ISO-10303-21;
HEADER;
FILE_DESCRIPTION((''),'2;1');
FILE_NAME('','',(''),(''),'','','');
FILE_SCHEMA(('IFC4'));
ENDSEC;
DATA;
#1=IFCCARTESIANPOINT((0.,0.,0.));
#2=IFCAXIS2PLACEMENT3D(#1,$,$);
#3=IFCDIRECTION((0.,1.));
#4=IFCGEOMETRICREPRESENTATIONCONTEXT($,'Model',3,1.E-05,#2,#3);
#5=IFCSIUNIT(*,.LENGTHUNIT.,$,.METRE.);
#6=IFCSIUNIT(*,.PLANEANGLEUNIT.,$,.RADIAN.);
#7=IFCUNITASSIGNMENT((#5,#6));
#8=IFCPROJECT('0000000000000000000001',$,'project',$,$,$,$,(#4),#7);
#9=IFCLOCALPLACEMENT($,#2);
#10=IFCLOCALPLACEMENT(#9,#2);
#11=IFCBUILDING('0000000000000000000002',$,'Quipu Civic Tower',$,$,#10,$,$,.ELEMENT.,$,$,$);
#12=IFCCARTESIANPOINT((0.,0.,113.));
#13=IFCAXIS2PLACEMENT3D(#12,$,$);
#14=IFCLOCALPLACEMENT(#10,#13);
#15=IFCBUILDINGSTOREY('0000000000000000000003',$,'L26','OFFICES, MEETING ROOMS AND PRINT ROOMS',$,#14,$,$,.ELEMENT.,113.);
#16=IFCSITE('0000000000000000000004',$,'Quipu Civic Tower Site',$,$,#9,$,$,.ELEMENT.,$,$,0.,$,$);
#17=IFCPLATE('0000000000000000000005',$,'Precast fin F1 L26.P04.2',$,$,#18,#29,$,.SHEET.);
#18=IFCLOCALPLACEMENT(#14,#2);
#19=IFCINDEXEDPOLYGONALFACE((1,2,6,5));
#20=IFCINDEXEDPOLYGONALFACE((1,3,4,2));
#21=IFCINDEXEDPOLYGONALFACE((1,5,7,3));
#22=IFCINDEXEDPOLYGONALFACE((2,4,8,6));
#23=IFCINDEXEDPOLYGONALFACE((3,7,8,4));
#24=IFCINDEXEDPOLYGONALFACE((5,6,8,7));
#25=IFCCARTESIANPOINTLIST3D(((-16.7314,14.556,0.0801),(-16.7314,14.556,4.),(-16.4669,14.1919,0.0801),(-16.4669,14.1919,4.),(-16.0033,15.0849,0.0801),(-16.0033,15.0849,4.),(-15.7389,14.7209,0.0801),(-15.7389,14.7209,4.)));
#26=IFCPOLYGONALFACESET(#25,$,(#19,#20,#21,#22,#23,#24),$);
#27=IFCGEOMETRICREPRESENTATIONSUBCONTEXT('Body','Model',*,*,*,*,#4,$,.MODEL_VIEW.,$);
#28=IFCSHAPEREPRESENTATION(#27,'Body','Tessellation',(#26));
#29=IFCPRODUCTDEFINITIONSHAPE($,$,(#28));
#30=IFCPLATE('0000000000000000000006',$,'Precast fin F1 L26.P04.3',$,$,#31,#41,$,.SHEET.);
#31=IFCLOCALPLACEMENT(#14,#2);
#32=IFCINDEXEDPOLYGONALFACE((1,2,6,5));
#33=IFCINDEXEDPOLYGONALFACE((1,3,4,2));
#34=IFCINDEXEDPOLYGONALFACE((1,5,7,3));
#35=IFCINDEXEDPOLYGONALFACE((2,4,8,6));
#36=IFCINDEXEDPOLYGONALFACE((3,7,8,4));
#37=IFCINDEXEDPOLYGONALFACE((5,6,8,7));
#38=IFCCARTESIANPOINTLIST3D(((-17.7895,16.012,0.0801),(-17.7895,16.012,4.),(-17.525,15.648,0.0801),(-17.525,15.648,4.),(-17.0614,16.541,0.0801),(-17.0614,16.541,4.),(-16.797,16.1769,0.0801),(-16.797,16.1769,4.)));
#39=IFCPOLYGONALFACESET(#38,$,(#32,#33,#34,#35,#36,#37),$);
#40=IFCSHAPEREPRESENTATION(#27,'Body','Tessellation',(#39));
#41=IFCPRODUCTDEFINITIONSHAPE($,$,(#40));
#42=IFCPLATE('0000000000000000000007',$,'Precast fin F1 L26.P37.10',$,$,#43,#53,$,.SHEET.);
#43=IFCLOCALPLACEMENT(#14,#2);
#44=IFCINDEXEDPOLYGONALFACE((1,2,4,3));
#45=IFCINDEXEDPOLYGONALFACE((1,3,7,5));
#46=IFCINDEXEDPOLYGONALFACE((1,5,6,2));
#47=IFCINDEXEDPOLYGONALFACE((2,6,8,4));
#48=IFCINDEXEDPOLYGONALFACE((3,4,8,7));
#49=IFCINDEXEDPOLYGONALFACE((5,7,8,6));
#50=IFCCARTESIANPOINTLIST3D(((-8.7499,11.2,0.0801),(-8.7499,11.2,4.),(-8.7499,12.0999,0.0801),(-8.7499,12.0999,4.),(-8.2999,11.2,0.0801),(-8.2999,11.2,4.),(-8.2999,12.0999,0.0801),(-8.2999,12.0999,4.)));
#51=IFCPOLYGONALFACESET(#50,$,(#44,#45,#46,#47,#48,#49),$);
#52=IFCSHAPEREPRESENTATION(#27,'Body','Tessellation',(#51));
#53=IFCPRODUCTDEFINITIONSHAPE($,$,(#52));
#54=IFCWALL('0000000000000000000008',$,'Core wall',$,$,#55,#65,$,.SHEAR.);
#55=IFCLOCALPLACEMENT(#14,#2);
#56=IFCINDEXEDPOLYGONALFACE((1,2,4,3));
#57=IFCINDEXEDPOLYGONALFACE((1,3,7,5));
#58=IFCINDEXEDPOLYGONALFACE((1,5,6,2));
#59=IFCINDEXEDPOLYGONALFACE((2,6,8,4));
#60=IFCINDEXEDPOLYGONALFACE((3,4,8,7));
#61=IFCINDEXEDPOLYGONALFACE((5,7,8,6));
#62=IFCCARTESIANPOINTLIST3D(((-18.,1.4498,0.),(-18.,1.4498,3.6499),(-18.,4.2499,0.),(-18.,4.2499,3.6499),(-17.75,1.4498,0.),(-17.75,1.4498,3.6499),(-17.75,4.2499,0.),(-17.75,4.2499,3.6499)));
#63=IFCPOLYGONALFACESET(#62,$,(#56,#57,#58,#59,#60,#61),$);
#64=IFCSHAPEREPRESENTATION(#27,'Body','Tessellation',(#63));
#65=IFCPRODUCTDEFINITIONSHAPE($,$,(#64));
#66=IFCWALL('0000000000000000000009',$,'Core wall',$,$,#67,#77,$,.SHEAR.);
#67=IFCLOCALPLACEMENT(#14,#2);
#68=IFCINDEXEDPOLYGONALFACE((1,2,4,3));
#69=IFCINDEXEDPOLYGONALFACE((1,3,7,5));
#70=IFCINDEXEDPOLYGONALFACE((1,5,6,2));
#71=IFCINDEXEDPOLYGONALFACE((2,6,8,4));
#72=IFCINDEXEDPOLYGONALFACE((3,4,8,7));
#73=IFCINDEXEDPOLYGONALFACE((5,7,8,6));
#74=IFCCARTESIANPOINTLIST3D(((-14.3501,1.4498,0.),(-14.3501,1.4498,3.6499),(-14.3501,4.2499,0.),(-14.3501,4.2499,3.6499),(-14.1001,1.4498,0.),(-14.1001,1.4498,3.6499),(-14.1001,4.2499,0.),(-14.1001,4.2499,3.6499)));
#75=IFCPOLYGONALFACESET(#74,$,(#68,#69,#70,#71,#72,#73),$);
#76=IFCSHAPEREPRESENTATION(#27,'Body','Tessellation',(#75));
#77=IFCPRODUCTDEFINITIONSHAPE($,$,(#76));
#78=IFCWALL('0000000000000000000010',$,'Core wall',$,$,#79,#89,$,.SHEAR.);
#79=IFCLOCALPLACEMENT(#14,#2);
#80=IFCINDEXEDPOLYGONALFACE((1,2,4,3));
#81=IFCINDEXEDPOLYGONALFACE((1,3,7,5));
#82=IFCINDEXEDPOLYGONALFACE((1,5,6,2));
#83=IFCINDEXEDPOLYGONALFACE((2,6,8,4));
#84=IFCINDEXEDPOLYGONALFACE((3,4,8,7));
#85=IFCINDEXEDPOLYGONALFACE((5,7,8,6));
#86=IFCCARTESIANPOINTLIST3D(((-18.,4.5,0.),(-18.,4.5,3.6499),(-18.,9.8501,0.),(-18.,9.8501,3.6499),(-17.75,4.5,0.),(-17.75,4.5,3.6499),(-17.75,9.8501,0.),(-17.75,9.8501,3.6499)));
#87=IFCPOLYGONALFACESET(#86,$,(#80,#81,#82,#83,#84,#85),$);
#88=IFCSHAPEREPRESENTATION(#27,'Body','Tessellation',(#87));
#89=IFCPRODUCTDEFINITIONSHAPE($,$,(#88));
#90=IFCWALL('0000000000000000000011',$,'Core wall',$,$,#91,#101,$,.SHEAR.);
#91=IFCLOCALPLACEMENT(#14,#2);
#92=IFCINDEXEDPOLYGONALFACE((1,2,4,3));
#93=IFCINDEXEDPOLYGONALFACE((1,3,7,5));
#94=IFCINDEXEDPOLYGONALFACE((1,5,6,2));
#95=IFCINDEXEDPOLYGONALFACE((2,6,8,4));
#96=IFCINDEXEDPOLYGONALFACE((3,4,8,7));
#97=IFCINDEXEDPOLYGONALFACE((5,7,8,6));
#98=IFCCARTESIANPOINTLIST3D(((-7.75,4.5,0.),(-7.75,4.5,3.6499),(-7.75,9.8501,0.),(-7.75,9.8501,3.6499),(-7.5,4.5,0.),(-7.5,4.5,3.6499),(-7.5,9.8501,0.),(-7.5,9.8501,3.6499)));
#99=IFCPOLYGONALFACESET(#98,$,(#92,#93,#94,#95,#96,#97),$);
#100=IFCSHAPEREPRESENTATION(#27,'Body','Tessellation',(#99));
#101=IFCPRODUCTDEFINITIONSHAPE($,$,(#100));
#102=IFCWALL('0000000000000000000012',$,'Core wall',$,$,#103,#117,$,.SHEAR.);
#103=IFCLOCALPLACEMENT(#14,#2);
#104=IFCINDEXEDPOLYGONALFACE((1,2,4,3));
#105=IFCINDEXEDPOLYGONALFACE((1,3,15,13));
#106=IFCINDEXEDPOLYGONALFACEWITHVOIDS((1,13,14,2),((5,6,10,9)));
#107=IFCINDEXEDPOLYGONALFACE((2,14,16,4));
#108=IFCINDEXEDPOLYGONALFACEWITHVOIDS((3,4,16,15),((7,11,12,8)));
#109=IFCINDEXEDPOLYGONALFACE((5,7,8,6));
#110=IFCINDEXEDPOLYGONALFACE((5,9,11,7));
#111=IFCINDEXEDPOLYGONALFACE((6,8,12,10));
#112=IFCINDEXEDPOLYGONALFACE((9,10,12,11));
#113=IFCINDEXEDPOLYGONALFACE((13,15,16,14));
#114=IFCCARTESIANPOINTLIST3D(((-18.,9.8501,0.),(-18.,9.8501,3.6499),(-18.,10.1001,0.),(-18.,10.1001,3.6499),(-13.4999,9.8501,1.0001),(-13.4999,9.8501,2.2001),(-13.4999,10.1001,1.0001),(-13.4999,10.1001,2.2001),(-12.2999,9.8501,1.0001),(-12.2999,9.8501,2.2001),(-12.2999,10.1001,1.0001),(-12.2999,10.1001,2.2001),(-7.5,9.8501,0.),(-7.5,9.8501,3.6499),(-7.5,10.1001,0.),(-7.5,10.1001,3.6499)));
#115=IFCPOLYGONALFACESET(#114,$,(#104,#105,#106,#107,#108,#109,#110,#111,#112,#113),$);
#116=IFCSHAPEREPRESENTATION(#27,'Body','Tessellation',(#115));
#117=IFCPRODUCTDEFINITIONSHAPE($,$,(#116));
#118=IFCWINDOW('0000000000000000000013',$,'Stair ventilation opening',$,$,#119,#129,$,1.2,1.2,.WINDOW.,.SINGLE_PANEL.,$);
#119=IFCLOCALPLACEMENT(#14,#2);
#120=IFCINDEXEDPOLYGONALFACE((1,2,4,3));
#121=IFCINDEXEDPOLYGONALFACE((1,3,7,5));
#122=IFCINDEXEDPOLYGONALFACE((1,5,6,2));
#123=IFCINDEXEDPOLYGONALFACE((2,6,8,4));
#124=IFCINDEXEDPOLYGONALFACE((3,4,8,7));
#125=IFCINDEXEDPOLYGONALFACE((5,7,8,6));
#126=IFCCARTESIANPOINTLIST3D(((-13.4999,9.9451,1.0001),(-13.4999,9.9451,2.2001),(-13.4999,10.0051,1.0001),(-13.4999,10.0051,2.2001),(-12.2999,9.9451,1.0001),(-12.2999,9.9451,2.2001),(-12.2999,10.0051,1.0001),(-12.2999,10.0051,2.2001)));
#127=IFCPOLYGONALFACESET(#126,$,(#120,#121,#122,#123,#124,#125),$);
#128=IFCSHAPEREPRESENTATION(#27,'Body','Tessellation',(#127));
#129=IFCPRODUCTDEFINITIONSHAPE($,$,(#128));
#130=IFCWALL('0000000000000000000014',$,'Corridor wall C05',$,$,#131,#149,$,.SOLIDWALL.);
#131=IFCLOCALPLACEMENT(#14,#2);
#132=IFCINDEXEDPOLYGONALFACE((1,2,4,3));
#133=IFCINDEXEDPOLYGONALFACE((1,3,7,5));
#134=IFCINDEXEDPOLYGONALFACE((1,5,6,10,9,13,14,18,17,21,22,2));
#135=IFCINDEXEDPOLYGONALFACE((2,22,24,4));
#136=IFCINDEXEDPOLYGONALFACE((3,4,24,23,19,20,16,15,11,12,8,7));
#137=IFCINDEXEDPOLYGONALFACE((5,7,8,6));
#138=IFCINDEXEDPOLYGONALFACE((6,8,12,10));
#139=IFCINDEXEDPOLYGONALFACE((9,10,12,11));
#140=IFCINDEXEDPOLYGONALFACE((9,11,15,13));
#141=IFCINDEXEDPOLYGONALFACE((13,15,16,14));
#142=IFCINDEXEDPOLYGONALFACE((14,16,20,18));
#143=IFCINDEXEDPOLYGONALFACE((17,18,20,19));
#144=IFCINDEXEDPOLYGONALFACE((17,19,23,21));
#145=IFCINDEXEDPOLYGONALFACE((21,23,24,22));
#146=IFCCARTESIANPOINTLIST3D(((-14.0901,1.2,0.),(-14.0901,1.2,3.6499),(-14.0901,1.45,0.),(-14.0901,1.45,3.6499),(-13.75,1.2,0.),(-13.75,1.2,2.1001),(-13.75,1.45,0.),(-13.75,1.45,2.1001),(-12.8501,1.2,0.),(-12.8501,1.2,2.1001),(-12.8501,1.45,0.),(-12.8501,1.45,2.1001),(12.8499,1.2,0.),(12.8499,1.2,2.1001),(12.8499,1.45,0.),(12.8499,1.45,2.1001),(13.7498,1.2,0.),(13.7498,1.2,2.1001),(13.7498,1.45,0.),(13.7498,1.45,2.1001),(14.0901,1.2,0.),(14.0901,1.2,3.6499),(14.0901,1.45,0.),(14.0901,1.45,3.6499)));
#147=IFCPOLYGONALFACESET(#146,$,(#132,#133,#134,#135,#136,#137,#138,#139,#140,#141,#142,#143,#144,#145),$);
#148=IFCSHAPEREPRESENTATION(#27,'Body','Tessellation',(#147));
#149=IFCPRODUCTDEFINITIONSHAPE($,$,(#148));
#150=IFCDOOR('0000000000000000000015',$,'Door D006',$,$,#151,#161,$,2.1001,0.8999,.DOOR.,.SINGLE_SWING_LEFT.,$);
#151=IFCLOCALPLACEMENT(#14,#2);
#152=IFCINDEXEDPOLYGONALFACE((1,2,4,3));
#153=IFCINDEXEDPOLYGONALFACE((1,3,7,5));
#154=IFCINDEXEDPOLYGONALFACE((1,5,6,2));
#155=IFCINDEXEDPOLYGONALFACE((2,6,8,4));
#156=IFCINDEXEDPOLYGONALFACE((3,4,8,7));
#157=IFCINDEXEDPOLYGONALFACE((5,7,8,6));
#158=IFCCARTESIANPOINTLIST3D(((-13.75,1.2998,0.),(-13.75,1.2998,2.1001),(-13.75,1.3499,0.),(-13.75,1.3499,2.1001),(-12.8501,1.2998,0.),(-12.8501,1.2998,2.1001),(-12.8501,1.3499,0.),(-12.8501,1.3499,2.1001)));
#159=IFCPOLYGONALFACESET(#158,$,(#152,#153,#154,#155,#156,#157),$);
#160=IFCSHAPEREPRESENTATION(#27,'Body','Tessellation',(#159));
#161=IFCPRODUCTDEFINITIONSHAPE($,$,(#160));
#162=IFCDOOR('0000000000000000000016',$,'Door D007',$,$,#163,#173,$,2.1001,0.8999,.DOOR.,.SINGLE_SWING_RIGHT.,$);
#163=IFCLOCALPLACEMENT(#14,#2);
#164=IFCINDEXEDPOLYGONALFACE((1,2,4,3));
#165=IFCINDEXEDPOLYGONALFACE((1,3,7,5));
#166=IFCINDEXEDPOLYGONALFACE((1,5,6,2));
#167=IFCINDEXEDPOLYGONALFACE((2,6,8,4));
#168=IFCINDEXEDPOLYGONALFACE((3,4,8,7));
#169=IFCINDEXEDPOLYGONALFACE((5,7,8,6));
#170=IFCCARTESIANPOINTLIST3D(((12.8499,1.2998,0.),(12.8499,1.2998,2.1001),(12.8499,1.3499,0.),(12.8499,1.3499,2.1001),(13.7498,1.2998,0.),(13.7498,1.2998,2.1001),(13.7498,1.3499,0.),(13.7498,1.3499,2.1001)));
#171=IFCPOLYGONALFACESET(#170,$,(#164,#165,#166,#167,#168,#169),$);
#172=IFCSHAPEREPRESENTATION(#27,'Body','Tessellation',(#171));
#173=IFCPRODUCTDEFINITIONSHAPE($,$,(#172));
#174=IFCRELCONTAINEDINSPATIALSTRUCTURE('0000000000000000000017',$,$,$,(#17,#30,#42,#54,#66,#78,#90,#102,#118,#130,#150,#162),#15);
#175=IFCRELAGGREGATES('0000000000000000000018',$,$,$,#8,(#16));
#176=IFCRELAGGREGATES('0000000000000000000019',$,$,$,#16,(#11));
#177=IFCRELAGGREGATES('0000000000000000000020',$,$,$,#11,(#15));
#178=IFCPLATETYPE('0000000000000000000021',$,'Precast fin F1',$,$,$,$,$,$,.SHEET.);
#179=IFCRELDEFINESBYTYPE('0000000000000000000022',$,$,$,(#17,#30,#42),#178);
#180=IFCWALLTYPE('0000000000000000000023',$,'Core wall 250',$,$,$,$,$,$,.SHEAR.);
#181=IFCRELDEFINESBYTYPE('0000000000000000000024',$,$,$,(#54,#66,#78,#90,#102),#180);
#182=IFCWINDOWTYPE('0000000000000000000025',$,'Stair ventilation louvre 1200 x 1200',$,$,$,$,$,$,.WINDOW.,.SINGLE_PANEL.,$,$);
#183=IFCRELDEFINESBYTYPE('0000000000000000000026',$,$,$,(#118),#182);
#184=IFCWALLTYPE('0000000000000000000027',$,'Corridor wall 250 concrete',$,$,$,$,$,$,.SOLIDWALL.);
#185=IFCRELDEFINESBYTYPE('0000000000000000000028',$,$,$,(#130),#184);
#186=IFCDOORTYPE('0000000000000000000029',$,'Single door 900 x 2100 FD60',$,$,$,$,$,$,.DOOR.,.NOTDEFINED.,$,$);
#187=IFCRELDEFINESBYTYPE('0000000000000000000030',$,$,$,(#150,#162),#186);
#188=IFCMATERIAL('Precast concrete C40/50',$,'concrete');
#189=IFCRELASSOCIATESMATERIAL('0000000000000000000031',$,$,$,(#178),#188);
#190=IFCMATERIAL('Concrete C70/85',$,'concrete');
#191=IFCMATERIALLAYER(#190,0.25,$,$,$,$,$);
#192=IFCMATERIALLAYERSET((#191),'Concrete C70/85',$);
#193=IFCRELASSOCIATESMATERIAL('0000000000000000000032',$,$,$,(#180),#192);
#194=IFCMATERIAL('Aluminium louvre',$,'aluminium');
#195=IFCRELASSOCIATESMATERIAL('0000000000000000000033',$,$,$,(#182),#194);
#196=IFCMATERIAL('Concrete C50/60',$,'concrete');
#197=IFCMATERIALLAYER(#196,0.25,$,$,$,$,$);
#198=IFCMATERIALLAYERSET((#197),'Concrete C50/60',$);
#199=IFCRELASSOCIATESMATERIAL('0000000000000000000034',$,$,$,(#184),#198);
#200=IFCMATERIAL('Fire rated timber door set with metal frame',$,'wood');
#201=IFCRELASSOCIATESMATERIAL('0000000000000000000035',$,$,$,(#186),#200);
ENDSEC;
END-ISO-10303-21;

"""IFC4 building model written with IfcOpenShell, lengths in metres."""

from ifc_helpers import new_model, si_unit, direction, frame, frame_2d, origin, origin_2d, place, context, subcontext, project, spatial, rectangle, extrude, material, layer, layer_set, type_object, element, fill, save


model = new_model("IFC4")

# Units and contexts
model_context = context("Model", 3, precision=1e-05, world=origin(), true_north=direction((0.0, 1.0)))
body_context = subcontext(model_context, "Body", "Model", "MODEL_VIEW")
ifc_project = project(units=[si_unit("LENGTHUNIT", "METRE"), si_unit("PLANEANGLEUNIT", "RADIAN")], contexts=[model_context])

# Site, building, storey
site_placement = place(None, origin())
site = spatial("IfcSite", under=ifc_project, at=site_placement, Name="Quipu Civic Tower Site", CompositionType="ELEMENT", RefElevation=0.0)
building_placement = place(site_placement, origin())
building = spatial("IfcBuilding", under=site, at=building_placement, Name="Quipu Civic Tower", CompositionType="ELEMENT")
storey_placement = place(building_placement, frame((0.0, 0.0, 113.0)))
storey = spatial("IfcBuildingStorey", under=building, at=storey_placement, Name="L26", Description="OFFICES, MEETING ROOMS AND PRINT ROOMS", CompositionType="ELEMENT", Elevation=113.0)

# Plates
ifc_material_1 = material(Name="Precast concrete C40/50", Category="concrete")
plate_type_1 = type_object("IfcPlateType", Name="Precast fin F1", PredefinedType="SHEET", material=ifc_material_1)
for number, where, z_axis, x_axis, name in (
    (1, (-16.2351, 14.6384, 0.0801), (0.0, 0.0, 1.0), (-0.587785, 0.809017, 0.0), "Precast fin F1 L26.P04.2"),
    (2, (-17.2932, 16.0945, 0.0801), (0.0, 0.0, 1.0), (-0.587785, 0.809017, 0.0), "Precast fin F1 L26.P04.3"),
    (3, (-8.5249, 11.6499, 0.0801), (0.0, 0.0, 1.0), (-1.0, 0.0, 0.0), "Precast fin F1 L26.P37.10"),
):
    element("IfcPlate", number, at=place(storey_placement, frame(where, z_axis=z_axis, x_axis=x_axis)), inside=storey, type_object=plate_type_1, Name=name, PredefinedType="SHEET", context=body_context, shape_type="SweptSolid", body=[
        extrude(rectangle(XDim=0.45, YDim=0.8999, at=origin_2d()), origin(), (0.0, 0.0, 1.0), 3.9199),
    ])

# Walls
ifc_material_2 = material(Name="Concrete C70/85", Category="concrete")
ifc_layer_1 = layer(ifc_material_2, 0.25)
ifc_layer_set_1 = layer_set([ifc_layer_1], Name="Concrete C70/85")
wall_type_1 = type_object("IfcWallType", Name="Core wall 250", PredefinedType="SHEAR", material=ifc_layer_set_1)
for number, where, z_axis, x_axis, name in (
    (4, (-17.875, 1.45, 0.0), (0.0, 0.0, 1.0), (0.0, 1.0, 0.0), "Core wall"),
    (5, (-14.2251, 1.45, 0.0), (0.0, 0.0, 1.0), (0.0, 1.0, 0.0), "Core wall"),
):
    element("IfcWall", number, at=place(storey_placement, frame(where, z_axis=z_axis, x_axis=x_axis)), inside=storey, type_object=wall_type_1, Name=name, PredefinedType="SHEAR", context=body_context, shape_type="SweptSolid", body=[
        extrude(rectangle(XDim=2.8, YDim=0.25, at=frame_2d((1.3999, 0.0))), origin(), (0.0, 0.0, 1.0), 3.6499),
    ])
for number, where, z_axis, x_axis, name in (
    (6, (-17.875, 4.5, 0.0), (0.0, 0.0, 1.0), (0.0, 1.0, 0.0), "Core wall"),
    (7, (-7.625, 4.5, 0.0), (0.0, 0.0, 1.0), (0.0, 1.0, 0.0), "Core wall"),
):
    element("IfcWall", number, at=place(storey_placement, frame(where, z_axis=z_axis, x_axis=x_axis)), inside=storey, type_object=wall_type_1, Name=name, PredefinedType="SHEAR", context=body_context, shape_type="SweptSolid", body=[
        extrude(rectangle(XDim=5.3501, YDim=0.25, at=frame_2d((2.675, 0.0))), origin(), (0.0, 0.0, 1.0), 3.6499),
    ])

# Wall, opening, window
wall_1_placement = place(storey_placement, frame((-18.0, 9.9751, 0.0), z_axis=(0.0, 0.0, 1.0), x_axis=(1.0, 0.0, 0.0)))
wall_1 = element("IfcWall", 8, at=wall_1_placement, inside=storey, type_object=wall_type_1, Name="Core wall", PredefinedType="SHEAR", context=body_context, shape_type="SweptSolid", body=[
    extrude(rectangle(XDim=10.5, YDim=0.25, at=frame_2d((5.25, 0.0))), origin(), (0.0, 0.0, 1.0), 3.6499),
])
opening_1_placement = place(wall_1_placement, frame((4.5, 0.0, 1.0)))
opening_1 = element("IfcOpeningElement", 9, at=opening_1_placement, cuts=wall_1, PredefinedType="OPENING", context=body_context, shape_type="SweptSolid", body=[
    extrude(rectangle(XDim=1.2, YDim=1.2, at=frame_2d((0.6001, 0.6001))), frame((0.0, 0.135, 0.0), z_axis=(0.0, -1.0, 0.0), x_axis=(1.0, 0.0, 0.0)), (0.0, 0.0, 1.0), 0.27),
])
ifc_material_3 = material(Name="Aluminium louvre", Category="aluminium")
window_type_1 = type_object("IfcWindowType", Name="Stair ventilation louvre 1200 x 1200", PartitioningType="SINGLE_PANEL", PredefinedType="WINDOW", material=ifc_material_3)
window_1_placement = place(opening_1_placement, origin())
window_1 = element("IfcWindow", 10, at=window_1_placement, inside=storey, type_object=window_type_1, Name="Stair ventilation opening", OverallHeight=1.2, OverallWidth=1.2, PartitioningType="SINGLE_PANEL", PredefinedType="WINDOW", context=body_context, shape_type="SweptSolid", body=[
    extrude(rectangle(XDim=1.2, YDim=1.2, at=frame_2d((0.6001, 0.6001))), frame((0.0, 0.03, 0.0), z_axis=(0.0, -1.0, 0.0), x_axis=(1.0, 0.0, 0.0)), (0.0, 0.0, 1.0), 0.0601),
])
fill(opening_1, window_1)

# Wall, openings, doors
ifc_material_4 = material(Name="Concrete C50/60", Category="concrete")
ifc_layer_2 = layer(ifc_material_4, 0.25)
ifc_layer_set_2 = layer_set([ifc_layer_2], Name="Concrete C50/60")
wall_type_2 = type_object("IfcWallType", Name="Corridor wall 250 concrete", PredefinedType="SOLIDWALL", material=ifc_layer_set_2)
wall_2_placement = place(storey_placement, frame((-14.0901, 1.325, 0.0), z_axis=(0.0, 0.0, 1.0), x_axis=(1.0, 0.0, 0.0)))
wall_2 = element("IfcWall", 11, at=wall_2_placement, inside=storey, type_object=wall_type_2, Name="Corridor wall C05", PredefinedType="SOLIDWALL", context=body_context, shape_type="SweptSolid", body=[
    extrude(rectangle(XDim=28.1802, YDim=0.25, at=frame_2d((14.0901, 0.0))), origin(), (0.0, 0.0, 1.0), 3.6499),
])
opening_2_placement = place(wall_2_placement, frame((0.3401, 0.0, 0.0)))
opening_2 = element("IfcOpeningElement", 12, at=opening_2_placement, cuts=wall_2, PredefinedType="OPENING", context=body_context, shape_type="SweptSolid", body=[
    extrude(rectangle(XDim=0.8999, YDim=2.1001, at=frame_2d((0.45, 1.05))), frame((0.0, 0.135, 0.0), z_axis=(0.0, -1.0, 0.0), x_axis=(1.0, 0.0, 0.0)), (0.0, 0.0, 1.0), 0.27),
])
opening_3_placement = place(wall_2_placement, frame((26.9399, 0.0, 0.0)))
opening_3 = element("IfcOpeningElement", 13, at=opening_3_placement, cuts=wall_2, PredefinedType="OPENING", context=body_context, shape_type="SweptSolid", body=[
    extrude(rectangle(XDim=0.8999, YDim=2.1001, at=frame_2d((0.45, 1.05))), frame((0.0, 0.135, 0.0), z_axis=(0.0, -1.0, 0.0), x_axis=(1.0, 0.0, 0.0)), (0.0, 0.0, 1.0), 0.27),
])
ifc_material_5 = material(Name="Fire rated timber door set with metal frame", Category="wood")
door_type = type_object("IfcDoorType", Name="Single door 900 x 2100 FD60", OperationType="NOTDEFINED", PredefinedType="DOOR", material=ifc_material_5)
door_1_placement = place(opening_2_placement, origin())
door_1 = element("IfcDoor", 14, at=door_1_placement, inside=storey, type_object=door_type, Name="Door D006", OperationType="SINGLE_SWING_LEFT", OverallHeight=2.1001, OverallWidth=0.8999, PredefinedType="DOOR", context=body_context, shape_type="SweptSolid", body=[
    extrude(rectangle(XDim=0.8999, YDim=2.1001, at=frame_2d((0.45, 1.05))), frame((0.0, 0.0249, 0.0), z_axis=(0.0, -1.0, 0.0), x_axis=(1.0, 0.0, 0.0)), (0.0, 0.0, 1.0), 0.05),
])
fill(opening_2, door_1)
door_2_placement = place(opening_3_placement, origin())
door_2 = element("IfcDoor", 15, at=door_2_placement, inside=storey, type_object=door_type, Name="Door D007", OperationType="SINGLE_SWING_RIGHT", OverallHeight=2.1001, OverallWidth=0.8999, PredefinedType="DOOR", context=body_context, shape_type="SweptSolid", body=[
    extrude(rectangle(XDim=0.8999, YDim=2.1001, at=frame_2d((0.45, 1.05))), frame((0.0, 0.0249, 0.0), z_axis=(0.0, -1.0, 0.0), x_axis=(1.0, 0.0, 0.0)), (0.0, 0.0, 1.0), 0.05),
])
fill(opening_3, door_2)

save(model, "model.ifc")
